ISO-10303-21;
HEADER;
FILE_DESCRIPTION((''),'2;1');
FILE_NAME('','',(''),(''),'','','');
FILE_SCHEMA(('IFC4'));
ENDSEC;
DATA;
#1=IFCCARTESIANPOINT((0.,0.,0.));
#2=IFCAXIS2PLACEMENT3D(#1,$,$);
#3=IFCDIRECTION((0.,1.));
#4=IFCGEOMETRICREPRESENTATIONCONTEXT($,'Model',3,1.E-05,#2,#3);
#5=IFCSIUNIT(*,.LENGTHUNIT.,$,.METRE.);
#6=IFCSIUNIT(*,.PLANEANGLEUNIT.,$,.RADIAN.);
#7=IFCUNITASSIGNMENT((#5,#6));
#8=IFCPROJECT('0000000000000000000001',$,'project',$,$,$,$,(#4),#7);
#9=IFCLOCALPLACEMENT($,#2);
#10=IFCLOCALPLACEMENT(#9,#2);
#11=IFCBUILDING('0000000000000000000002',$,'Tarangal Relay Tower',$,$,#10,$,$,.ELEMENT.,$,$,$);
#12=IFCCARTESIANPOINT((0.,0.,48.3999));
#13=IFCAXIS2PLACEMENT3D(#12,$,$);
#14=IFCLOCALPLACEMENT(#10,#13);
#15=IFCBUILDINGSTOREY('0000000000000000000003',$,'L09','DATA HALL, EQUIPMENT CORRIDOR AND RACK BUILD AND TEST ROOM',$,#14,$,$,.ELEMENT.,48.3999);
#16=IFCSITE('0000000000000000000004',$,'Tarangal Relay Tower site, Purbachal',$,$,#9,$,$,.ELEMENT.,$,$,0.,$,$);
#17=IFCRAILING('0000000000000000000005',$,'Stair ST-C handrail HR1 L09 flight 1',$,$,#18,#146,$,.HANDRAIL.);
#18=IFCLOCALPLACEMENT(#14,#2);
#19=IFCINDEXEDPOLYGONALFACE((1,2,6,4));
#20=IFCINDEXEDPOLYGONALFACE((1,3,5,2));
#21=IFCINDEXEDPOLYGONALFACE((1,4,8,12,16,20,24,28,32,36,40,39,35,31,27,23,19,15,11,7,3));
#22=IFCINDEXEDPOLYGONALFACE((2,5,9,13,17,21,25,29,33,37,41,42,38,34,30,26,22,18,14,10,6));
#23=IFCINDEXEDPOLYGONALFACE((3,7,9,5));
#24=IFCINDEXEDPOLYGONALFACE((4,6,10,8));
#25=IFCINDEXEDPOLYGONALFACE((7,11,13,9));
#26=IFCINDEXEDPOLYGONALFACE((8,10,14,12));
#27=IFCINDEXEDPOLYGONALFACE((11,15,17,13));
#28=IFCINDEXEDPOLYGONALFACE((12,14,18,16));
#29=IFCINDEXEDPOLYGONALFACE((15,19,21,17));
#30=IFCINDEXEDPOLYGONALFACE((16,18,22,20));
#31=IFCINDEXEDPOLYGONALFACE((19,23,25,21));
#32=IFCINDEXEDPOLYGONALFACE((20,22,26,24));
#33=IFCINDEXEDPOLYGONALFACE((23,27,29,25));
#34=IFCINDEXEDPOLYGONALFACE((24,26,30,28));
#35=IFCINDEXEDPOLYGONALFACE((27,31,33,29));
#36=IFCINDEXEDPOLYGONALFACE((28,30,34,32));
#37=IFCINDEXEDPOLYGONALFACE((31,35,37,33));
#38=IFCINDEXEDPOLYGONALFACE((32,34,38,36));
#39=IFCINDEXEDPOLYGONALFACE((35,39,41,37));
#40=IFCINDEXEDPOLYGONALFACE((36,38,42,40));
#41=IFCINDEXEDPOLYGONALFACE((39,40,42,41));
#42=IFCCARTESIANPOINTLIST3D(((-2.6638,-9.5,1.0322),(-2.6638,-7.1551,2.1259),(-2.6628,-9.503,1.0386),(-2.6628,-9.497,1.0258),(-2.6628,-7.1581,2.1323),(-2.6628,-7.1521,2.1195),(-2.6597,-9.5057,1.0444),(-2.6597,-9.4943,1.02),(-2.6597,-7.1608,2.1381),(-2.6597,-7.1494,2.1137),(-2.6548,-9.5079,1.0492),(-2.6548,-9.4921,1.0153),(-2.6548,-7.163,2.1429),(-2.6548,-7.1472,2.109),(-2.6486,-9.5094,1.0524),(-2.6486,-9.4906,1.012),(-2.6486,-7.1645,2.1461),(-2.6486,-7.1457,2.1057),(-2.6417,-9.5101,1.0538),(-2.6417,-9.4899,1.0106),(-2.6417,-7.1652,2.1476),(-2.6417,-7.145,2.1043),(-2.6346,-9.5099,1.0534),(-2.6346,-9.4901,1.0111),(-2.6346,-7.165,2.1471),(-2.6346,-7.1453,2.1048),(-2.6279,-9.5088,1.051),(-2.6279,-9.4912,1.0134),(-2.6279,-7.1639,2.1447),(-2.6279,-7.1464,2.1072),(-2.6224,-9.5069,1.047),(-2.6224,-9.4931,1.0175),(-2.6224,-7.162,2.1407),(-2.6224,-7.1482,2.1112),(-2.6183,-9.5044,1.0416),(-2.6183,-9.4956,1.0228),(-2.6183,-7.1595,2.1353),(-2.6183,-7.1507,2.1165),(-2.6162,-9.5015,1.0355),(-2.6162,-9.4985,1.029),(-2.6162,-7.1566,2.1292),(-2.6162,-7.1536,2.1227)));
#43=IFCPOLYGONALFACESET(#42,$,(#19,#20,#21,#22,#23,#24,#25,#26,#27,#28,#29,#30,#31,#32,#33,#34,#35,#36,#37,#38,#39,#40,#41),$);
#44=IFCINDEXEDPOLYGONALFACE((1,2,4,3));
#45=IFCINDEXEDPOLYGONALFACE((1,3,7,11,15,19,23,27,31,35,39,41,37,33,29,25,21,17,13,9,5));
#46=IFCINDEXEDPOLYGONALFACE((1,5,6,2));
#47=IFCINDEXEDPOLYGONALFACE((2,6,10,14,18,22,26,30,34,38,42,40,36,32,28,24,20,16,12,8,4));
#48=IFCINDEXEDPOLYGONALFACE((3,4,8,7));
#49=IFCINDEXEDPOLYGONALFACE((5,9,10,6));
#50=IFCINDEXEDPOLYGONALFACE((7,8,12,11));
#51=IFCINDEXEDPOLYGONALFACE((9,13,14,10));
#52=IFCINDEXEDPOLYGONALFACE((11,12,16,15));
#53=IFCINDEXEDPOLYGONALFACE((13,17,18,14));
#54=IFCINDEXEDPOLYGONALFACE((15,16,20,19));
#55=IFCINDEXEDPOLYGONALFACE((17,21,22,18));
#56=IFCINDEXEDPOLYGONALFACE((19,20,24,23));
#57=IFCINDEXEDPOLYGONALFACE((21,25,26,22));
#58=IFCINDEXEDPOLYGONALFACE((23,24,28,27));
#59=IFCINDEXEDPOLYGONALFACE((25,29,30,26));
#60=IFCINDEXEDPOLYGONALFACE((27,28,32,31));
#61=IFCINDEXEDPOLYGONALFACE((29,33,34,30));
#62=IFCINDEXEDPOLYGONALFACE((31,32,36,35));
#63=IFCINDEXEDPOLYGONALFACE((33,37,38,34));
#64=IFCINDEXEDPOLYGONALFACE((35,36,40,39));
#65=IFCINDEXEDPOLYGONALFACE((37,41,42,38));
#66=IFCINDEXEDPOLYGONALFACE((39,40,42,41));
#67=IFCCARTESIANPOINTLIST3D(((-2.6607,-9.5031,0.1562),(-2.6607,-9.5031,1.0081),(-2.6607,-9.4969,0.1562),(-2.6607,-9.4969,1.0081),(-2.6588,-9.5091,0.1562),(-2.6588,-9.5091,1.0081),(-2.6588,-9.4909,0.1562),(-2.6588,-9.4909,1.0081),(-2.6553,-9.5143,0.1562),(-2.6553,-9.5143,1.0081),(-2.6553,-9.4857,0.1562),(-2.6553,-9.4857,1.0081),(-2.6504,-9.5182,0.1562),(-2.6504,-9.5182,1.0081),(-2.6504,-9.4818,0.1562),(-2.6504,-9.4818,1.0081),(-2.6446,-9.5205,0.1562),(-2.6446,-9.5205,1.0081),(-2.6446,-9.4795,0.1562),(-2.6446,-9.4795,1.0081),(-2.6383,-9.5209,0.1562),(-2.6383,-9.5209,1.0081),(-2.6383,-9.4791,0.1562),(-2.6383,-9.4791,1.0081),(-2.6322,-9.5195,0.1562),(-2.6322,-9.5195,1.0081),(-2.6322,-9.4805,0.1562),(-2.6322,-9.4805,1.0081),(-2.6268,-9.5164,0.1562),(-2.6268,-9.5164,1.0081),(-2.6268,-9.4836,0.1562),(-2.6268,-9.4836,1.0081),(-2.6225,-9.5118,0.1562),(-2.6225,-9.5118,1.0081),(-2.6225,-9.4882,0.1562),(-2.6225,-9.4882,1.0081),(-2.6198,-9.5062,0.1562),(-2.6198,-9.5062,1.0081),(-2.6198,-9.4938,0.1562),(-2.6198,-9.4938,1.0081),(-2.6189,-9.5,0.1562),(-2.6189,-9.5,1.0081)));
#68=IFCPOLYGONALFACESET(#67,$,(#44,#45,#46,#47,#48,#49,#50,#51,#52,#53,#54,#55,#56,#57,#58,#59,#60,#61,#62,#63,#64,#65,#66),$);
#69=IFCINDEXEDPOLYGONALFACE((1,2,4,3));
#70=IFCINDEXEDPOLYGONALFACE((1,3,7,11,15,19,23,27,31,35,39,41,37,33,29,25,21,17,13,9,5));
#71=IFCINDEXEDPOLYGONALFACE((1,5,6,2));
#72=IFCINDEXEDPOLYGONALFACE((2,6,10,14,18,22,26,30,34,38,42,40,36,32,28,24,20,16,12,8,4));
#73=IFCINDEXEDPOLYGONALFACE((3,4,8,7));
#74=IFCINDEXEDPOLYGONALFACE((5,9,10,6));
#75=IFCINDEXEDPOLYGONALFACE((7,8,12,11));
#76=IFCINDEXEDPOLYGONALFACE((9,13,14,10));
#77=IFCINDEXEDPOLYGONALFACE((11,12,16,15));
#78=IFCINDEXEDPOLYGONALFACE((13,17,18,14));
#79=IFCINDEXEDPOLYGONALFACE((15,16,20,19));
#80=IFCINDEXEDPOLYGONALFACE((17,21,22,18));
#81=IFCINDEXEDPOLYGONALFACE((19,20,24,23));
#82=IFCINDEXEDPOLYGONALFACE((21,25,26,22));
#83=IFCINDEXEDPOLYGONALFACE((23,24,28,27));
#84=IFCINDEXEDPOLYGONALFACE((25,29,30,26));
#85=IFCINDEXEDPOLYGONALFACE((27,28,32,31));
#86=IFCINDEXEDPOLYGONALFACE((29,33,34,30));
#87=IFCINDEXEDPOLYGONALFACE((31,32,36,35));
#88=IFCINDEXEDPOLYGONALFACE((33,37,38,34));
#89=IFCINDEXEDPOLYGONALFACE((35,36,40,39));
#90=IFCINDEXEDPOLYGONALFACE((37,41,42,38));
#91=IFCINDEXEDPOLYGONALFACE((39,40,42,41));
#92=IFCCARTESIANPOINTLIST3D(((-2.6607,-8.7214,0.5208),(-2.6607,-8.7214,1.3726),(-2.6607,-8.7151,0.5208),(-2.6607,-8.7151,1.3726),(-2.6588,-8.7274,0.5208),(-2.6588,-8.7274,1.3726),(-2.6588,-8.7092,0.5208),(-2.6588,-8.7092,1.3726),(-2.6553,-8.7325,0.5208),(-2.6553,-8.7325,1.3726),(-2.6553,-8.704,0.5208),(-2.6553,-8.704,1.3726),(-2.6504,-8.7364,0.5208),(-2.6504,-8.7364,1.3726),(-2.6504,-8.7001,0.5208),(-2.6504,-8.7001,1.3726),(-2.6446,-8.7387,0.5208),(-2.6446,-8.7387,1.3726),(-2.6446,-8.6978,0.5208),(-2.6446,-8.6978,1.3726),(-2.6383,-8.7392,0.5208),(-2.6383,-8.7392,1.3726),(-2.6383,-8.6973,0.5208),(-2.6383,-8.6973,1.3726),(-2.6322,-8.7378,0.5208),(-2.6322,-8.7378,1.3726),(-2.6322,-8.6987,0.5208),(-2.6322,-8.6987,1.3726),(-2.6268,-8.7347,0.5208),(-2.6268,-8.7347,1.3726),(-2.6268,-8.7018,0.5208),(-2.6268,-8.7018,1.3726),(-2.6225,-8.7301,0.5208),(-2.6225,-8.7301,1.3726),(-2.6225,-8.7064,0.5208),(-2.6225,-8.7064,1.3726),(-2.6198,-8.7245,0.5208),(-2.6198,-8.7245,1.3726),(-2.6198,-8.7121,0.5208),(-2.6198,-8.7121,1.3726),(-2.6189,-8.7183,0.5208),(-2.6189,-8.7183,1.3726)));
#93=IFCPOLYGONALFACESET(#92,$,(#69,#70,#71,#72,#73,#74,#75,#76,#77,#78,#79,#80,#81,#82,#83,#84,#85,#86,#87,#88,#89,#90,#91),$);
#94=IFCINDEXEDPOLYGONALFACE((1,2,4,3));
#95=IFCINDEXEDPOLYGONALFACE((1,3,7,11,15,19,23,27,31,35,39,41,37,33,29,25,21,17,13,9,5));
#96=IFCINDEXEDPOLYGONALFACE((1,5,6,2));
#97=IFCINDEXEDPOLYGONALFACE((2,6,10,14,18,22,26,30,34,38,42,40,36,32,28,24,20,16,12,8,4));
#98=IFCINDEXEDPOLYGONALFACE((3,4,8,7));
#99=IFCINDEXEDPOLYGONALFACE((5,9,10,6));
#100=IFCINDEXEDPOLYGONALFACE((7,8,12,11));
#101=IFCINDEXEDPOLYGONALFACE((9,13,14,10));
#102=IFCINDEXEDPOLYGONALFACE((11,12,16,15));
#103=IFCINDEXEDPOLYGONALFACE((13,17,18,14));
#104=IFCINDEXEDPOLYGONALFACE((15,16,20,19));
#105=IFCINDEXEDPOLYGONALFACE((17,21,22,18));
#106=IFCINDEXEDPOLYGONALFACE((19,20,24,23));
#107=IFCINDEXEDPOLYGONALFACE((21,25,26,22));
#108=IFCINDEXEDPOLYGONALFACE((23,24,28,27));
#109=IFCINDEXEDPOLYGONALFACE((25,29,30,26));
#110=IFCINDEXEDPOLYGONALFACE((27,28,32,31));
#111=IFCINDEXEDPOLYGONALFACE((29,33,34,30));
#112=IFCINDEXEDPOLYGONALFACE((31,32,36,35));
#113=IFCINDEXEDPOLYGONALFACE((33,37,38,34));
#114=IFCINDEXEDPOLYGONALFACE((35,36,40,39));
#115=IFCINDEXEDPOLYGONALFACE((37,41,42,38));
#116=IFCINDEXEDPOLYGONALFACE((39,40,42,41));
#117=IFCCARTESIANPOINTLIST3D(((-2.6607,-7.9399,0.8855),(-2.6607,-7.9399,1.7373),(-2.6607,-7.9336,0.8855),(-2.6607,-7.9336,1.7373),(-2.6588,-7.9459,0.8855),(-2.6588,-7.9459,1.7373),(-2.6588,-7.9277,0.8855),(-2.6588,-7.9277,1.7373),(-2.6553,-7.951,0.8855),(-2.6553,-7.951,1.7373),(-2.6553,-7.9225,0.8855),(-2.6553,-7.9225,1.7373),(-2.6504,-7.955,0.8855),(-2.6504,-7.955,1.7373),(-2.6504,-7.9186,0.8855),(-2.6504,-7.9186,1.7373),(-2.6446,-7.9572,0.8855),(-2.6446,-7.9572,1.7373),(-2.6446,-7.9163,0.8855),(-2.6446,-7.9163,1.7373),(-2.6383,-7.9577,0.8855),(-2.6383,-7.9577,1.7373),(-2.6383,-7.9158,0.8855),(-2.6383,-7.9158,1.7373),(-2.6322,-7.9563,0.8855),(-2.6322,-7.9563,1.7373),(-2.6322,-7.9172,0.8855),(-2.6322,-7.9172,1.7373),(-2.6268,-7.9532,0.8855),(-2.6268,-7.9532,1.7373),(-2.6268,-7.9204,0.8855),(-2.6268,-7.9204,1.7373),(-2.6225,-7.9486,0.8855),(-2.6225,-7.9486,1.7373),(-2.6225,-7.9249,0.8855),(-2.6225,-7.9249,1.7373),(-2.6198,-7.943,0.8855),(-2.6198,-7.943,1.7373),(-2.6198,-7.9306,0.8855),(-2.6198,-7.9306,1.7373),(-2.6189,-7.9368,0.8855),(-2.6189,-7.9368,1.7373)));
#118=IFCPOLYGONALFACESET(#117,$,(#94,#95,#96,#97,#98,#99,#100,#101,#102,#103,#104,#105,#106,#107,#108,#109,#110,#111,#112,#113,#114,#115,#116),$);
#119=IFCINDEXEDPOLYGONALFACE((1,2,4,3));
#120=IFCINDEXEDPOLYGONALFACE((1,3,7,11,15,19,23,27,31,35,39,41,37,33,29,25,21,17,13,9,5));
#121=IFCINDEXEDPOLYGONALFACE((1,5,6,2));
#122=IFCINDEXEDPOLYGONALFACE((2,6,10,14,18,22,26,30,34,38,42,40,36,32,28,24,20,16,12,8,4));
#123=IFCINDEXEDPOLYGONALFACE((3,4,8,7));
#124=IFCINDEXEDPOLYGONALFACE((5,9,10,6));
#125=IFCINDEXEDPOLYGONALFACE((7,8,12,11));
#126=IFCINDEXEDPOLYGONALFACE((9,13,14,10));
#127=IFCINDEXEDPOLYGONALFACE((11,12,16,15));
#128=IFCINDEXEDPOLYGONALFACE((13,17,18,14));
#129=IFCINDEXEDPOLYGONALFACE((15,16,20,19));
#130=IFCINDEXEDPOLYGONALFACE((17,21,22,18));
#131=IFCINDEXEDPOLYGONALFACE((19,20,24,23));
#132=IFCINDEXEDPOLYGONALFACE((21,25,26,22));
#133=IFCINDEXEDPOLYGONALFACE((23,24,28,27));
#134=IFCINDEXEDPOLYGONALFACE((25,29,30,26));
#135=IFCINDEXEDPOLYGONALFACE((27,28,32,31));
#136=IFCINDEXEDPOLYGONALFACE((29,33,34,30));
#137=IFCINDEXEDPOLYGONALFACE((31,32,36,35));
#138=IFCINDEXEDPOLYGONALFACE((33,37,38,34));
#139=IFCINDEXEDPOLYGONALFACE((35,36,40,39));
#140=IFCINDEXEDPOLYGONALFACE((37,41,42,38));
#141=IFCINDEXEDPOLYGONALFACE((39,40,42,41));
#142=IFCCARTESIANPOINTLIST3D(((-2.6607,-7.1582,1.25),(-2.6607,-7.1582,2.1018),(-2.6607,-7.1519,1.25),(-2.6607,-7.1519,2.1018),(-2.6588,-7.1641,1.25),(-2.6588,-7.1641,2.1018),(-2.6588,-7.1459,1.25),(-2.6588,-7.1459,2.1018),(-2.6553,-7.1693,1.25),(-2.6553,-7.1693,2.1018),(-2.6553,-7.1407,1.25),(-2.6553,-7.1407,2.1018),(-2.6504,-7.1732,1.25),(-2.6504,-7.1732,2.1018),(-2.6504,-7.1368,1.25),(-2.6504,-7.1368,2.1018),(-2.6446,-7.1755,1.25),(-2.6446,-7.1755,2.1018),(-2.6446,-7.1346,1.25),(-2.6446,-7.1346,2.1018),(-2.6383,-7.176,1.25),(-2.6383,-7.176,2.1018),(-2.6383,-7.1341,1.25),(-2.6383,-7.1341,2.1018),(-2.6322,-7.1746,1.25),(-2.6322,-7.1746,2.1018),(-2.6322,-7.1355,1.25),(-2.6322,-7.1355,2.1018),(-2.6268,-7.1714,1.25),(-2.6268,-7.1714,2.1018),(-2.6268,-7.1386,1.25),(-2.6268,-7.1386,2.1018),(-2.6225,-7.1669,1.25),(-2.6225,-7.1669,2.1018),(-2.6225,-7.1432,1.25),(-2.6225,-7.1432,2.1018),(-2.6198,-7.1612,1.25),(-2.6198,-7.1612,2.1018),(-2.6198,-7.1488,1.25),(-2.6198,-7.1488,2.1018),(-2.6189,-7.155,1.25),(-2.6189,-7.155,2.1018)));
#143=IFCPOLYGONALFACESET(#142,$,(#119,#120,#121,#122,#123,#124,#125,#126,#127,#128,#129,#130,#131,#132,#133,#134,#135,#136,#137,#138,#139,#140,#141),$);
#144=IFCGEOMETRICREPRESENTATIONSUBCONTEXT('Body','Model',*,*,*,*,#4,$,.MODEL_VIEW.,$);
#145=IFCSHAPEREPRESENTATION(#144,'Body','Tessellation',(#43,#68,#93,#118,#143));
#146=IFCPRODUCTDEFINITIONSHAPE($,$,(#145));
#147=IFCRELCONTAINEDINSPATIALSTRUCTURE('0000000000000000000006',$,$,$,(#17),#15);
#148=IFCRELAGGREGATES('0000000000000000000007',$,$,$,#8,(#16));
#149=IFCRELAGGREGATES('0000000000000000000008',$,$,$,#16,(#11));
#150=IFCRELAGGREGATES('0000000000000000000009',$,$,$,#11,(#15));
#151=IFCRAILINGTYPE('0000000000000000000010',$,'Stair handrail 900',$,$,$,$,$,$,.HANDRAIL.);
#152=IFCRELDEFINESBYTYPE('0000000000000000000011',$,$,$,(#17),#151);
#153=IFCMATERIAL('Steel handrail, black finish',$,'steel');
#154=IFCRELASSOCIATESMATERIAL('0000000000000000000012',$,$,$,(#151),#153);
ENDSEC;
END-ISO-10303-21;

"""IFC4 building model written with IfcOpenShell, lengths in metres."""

from ifc_helpers import new_model, si_unit, direction, frame, origin, origin_2d, place, context, subcontext, project, spatial, circle, extrude, material, type_object, element, save


model = new_model("IFC4")

# Units and contexts
model_context = context("Model", 3, precision=1e-05, world=origin(), true_north=direction((0.0, 1.0)))
body_context = subcontext(model_context, "Body", "Model", "MODEL_VIEW")
ifc_project = project(units=[si_unit("LENGTHUNIT", "METRE"), si_unit("PLANEANGLEUNIT", "RADIAN")], contexts=[model_context])

# Site, building, storey
site_placement = place(None, origin())
site = spatial("IfcSite", under=ifc_project, at=site_placement, Name="Tarangal Relay Tower site, Purbachal", CompositionType="ELEMENT", RefElevation=0.0)
building_placement = place(site_placement, origin())
building = spatial("IfcBuilding", under=site, at=building_placement, Name="Tarangal Relay Tower", CompositionType="ELEMENT")
storey_placement = place(building_placement, frame((0.0, 0.0, 48.3999)))
storey = spatial("IfcBuildingStorey", under=building, at=storey_placement, Name="L09", Description="DATA HALL, EQUIPMENT CORRIDOR AND RACK BUILD AND TEST ROOM", CompositionType="ELEMENT", Elevation=48.3999)

# Railing
ifc_material_1 = material(Name="Steel handrail, black finish", Category="steel")
railing_type_1 = type_object("IfcRailingType", Name="Stair handrail 900", PredefinedType="HANDRAIL", material=ifc_material_1)
for number, where, name in (
    (1, (-2.6399, -9.5, 0.1562), "Stair ST-C handrail HR1 L09 flight 1"),
):
    element("IfcRailing", number, at=place(storey_placement, frame(where)), inside=storey, type_object=railing_type_1, Name=name, PredefinedType="HANDRAIL", context=body_context, shape_type="SweptSolid", body=[
        extrude(circle(Radius=0.0239, at=origin_2d()), frame((0.0, 0.0, 0.876), z_axis=(0.0, 0.906267, 0.422705), x_axis=(-1.0, 0.0, 0.0)), (0.0, 0.0, 1.0), 2.5874),
        extrude(circle(Radius=0.021, at=origin_2d()), origin(), (0.0, 0.0, 1.0), 0.8518),
        extrude(circle(Radius=0.021, at=origin_2d()), frame((0.0, 0.7817, 0.3645)), (0.0, 0.0, 1.0), 0.8518),
        extrude(circle(Radius=0.021, at=origin_2d()), frame((0.0, 1.5632, 0.7292)), (0.0, 0.0, 1.0), 0.8518),
        extrude(circle(Radius=0.021, at=origin_2d()), frame((0.0, 2.345, 1.0938)), (0.0, 0.0, 1.0), 0.8518),
    ])

save(model, "model.ifc")
